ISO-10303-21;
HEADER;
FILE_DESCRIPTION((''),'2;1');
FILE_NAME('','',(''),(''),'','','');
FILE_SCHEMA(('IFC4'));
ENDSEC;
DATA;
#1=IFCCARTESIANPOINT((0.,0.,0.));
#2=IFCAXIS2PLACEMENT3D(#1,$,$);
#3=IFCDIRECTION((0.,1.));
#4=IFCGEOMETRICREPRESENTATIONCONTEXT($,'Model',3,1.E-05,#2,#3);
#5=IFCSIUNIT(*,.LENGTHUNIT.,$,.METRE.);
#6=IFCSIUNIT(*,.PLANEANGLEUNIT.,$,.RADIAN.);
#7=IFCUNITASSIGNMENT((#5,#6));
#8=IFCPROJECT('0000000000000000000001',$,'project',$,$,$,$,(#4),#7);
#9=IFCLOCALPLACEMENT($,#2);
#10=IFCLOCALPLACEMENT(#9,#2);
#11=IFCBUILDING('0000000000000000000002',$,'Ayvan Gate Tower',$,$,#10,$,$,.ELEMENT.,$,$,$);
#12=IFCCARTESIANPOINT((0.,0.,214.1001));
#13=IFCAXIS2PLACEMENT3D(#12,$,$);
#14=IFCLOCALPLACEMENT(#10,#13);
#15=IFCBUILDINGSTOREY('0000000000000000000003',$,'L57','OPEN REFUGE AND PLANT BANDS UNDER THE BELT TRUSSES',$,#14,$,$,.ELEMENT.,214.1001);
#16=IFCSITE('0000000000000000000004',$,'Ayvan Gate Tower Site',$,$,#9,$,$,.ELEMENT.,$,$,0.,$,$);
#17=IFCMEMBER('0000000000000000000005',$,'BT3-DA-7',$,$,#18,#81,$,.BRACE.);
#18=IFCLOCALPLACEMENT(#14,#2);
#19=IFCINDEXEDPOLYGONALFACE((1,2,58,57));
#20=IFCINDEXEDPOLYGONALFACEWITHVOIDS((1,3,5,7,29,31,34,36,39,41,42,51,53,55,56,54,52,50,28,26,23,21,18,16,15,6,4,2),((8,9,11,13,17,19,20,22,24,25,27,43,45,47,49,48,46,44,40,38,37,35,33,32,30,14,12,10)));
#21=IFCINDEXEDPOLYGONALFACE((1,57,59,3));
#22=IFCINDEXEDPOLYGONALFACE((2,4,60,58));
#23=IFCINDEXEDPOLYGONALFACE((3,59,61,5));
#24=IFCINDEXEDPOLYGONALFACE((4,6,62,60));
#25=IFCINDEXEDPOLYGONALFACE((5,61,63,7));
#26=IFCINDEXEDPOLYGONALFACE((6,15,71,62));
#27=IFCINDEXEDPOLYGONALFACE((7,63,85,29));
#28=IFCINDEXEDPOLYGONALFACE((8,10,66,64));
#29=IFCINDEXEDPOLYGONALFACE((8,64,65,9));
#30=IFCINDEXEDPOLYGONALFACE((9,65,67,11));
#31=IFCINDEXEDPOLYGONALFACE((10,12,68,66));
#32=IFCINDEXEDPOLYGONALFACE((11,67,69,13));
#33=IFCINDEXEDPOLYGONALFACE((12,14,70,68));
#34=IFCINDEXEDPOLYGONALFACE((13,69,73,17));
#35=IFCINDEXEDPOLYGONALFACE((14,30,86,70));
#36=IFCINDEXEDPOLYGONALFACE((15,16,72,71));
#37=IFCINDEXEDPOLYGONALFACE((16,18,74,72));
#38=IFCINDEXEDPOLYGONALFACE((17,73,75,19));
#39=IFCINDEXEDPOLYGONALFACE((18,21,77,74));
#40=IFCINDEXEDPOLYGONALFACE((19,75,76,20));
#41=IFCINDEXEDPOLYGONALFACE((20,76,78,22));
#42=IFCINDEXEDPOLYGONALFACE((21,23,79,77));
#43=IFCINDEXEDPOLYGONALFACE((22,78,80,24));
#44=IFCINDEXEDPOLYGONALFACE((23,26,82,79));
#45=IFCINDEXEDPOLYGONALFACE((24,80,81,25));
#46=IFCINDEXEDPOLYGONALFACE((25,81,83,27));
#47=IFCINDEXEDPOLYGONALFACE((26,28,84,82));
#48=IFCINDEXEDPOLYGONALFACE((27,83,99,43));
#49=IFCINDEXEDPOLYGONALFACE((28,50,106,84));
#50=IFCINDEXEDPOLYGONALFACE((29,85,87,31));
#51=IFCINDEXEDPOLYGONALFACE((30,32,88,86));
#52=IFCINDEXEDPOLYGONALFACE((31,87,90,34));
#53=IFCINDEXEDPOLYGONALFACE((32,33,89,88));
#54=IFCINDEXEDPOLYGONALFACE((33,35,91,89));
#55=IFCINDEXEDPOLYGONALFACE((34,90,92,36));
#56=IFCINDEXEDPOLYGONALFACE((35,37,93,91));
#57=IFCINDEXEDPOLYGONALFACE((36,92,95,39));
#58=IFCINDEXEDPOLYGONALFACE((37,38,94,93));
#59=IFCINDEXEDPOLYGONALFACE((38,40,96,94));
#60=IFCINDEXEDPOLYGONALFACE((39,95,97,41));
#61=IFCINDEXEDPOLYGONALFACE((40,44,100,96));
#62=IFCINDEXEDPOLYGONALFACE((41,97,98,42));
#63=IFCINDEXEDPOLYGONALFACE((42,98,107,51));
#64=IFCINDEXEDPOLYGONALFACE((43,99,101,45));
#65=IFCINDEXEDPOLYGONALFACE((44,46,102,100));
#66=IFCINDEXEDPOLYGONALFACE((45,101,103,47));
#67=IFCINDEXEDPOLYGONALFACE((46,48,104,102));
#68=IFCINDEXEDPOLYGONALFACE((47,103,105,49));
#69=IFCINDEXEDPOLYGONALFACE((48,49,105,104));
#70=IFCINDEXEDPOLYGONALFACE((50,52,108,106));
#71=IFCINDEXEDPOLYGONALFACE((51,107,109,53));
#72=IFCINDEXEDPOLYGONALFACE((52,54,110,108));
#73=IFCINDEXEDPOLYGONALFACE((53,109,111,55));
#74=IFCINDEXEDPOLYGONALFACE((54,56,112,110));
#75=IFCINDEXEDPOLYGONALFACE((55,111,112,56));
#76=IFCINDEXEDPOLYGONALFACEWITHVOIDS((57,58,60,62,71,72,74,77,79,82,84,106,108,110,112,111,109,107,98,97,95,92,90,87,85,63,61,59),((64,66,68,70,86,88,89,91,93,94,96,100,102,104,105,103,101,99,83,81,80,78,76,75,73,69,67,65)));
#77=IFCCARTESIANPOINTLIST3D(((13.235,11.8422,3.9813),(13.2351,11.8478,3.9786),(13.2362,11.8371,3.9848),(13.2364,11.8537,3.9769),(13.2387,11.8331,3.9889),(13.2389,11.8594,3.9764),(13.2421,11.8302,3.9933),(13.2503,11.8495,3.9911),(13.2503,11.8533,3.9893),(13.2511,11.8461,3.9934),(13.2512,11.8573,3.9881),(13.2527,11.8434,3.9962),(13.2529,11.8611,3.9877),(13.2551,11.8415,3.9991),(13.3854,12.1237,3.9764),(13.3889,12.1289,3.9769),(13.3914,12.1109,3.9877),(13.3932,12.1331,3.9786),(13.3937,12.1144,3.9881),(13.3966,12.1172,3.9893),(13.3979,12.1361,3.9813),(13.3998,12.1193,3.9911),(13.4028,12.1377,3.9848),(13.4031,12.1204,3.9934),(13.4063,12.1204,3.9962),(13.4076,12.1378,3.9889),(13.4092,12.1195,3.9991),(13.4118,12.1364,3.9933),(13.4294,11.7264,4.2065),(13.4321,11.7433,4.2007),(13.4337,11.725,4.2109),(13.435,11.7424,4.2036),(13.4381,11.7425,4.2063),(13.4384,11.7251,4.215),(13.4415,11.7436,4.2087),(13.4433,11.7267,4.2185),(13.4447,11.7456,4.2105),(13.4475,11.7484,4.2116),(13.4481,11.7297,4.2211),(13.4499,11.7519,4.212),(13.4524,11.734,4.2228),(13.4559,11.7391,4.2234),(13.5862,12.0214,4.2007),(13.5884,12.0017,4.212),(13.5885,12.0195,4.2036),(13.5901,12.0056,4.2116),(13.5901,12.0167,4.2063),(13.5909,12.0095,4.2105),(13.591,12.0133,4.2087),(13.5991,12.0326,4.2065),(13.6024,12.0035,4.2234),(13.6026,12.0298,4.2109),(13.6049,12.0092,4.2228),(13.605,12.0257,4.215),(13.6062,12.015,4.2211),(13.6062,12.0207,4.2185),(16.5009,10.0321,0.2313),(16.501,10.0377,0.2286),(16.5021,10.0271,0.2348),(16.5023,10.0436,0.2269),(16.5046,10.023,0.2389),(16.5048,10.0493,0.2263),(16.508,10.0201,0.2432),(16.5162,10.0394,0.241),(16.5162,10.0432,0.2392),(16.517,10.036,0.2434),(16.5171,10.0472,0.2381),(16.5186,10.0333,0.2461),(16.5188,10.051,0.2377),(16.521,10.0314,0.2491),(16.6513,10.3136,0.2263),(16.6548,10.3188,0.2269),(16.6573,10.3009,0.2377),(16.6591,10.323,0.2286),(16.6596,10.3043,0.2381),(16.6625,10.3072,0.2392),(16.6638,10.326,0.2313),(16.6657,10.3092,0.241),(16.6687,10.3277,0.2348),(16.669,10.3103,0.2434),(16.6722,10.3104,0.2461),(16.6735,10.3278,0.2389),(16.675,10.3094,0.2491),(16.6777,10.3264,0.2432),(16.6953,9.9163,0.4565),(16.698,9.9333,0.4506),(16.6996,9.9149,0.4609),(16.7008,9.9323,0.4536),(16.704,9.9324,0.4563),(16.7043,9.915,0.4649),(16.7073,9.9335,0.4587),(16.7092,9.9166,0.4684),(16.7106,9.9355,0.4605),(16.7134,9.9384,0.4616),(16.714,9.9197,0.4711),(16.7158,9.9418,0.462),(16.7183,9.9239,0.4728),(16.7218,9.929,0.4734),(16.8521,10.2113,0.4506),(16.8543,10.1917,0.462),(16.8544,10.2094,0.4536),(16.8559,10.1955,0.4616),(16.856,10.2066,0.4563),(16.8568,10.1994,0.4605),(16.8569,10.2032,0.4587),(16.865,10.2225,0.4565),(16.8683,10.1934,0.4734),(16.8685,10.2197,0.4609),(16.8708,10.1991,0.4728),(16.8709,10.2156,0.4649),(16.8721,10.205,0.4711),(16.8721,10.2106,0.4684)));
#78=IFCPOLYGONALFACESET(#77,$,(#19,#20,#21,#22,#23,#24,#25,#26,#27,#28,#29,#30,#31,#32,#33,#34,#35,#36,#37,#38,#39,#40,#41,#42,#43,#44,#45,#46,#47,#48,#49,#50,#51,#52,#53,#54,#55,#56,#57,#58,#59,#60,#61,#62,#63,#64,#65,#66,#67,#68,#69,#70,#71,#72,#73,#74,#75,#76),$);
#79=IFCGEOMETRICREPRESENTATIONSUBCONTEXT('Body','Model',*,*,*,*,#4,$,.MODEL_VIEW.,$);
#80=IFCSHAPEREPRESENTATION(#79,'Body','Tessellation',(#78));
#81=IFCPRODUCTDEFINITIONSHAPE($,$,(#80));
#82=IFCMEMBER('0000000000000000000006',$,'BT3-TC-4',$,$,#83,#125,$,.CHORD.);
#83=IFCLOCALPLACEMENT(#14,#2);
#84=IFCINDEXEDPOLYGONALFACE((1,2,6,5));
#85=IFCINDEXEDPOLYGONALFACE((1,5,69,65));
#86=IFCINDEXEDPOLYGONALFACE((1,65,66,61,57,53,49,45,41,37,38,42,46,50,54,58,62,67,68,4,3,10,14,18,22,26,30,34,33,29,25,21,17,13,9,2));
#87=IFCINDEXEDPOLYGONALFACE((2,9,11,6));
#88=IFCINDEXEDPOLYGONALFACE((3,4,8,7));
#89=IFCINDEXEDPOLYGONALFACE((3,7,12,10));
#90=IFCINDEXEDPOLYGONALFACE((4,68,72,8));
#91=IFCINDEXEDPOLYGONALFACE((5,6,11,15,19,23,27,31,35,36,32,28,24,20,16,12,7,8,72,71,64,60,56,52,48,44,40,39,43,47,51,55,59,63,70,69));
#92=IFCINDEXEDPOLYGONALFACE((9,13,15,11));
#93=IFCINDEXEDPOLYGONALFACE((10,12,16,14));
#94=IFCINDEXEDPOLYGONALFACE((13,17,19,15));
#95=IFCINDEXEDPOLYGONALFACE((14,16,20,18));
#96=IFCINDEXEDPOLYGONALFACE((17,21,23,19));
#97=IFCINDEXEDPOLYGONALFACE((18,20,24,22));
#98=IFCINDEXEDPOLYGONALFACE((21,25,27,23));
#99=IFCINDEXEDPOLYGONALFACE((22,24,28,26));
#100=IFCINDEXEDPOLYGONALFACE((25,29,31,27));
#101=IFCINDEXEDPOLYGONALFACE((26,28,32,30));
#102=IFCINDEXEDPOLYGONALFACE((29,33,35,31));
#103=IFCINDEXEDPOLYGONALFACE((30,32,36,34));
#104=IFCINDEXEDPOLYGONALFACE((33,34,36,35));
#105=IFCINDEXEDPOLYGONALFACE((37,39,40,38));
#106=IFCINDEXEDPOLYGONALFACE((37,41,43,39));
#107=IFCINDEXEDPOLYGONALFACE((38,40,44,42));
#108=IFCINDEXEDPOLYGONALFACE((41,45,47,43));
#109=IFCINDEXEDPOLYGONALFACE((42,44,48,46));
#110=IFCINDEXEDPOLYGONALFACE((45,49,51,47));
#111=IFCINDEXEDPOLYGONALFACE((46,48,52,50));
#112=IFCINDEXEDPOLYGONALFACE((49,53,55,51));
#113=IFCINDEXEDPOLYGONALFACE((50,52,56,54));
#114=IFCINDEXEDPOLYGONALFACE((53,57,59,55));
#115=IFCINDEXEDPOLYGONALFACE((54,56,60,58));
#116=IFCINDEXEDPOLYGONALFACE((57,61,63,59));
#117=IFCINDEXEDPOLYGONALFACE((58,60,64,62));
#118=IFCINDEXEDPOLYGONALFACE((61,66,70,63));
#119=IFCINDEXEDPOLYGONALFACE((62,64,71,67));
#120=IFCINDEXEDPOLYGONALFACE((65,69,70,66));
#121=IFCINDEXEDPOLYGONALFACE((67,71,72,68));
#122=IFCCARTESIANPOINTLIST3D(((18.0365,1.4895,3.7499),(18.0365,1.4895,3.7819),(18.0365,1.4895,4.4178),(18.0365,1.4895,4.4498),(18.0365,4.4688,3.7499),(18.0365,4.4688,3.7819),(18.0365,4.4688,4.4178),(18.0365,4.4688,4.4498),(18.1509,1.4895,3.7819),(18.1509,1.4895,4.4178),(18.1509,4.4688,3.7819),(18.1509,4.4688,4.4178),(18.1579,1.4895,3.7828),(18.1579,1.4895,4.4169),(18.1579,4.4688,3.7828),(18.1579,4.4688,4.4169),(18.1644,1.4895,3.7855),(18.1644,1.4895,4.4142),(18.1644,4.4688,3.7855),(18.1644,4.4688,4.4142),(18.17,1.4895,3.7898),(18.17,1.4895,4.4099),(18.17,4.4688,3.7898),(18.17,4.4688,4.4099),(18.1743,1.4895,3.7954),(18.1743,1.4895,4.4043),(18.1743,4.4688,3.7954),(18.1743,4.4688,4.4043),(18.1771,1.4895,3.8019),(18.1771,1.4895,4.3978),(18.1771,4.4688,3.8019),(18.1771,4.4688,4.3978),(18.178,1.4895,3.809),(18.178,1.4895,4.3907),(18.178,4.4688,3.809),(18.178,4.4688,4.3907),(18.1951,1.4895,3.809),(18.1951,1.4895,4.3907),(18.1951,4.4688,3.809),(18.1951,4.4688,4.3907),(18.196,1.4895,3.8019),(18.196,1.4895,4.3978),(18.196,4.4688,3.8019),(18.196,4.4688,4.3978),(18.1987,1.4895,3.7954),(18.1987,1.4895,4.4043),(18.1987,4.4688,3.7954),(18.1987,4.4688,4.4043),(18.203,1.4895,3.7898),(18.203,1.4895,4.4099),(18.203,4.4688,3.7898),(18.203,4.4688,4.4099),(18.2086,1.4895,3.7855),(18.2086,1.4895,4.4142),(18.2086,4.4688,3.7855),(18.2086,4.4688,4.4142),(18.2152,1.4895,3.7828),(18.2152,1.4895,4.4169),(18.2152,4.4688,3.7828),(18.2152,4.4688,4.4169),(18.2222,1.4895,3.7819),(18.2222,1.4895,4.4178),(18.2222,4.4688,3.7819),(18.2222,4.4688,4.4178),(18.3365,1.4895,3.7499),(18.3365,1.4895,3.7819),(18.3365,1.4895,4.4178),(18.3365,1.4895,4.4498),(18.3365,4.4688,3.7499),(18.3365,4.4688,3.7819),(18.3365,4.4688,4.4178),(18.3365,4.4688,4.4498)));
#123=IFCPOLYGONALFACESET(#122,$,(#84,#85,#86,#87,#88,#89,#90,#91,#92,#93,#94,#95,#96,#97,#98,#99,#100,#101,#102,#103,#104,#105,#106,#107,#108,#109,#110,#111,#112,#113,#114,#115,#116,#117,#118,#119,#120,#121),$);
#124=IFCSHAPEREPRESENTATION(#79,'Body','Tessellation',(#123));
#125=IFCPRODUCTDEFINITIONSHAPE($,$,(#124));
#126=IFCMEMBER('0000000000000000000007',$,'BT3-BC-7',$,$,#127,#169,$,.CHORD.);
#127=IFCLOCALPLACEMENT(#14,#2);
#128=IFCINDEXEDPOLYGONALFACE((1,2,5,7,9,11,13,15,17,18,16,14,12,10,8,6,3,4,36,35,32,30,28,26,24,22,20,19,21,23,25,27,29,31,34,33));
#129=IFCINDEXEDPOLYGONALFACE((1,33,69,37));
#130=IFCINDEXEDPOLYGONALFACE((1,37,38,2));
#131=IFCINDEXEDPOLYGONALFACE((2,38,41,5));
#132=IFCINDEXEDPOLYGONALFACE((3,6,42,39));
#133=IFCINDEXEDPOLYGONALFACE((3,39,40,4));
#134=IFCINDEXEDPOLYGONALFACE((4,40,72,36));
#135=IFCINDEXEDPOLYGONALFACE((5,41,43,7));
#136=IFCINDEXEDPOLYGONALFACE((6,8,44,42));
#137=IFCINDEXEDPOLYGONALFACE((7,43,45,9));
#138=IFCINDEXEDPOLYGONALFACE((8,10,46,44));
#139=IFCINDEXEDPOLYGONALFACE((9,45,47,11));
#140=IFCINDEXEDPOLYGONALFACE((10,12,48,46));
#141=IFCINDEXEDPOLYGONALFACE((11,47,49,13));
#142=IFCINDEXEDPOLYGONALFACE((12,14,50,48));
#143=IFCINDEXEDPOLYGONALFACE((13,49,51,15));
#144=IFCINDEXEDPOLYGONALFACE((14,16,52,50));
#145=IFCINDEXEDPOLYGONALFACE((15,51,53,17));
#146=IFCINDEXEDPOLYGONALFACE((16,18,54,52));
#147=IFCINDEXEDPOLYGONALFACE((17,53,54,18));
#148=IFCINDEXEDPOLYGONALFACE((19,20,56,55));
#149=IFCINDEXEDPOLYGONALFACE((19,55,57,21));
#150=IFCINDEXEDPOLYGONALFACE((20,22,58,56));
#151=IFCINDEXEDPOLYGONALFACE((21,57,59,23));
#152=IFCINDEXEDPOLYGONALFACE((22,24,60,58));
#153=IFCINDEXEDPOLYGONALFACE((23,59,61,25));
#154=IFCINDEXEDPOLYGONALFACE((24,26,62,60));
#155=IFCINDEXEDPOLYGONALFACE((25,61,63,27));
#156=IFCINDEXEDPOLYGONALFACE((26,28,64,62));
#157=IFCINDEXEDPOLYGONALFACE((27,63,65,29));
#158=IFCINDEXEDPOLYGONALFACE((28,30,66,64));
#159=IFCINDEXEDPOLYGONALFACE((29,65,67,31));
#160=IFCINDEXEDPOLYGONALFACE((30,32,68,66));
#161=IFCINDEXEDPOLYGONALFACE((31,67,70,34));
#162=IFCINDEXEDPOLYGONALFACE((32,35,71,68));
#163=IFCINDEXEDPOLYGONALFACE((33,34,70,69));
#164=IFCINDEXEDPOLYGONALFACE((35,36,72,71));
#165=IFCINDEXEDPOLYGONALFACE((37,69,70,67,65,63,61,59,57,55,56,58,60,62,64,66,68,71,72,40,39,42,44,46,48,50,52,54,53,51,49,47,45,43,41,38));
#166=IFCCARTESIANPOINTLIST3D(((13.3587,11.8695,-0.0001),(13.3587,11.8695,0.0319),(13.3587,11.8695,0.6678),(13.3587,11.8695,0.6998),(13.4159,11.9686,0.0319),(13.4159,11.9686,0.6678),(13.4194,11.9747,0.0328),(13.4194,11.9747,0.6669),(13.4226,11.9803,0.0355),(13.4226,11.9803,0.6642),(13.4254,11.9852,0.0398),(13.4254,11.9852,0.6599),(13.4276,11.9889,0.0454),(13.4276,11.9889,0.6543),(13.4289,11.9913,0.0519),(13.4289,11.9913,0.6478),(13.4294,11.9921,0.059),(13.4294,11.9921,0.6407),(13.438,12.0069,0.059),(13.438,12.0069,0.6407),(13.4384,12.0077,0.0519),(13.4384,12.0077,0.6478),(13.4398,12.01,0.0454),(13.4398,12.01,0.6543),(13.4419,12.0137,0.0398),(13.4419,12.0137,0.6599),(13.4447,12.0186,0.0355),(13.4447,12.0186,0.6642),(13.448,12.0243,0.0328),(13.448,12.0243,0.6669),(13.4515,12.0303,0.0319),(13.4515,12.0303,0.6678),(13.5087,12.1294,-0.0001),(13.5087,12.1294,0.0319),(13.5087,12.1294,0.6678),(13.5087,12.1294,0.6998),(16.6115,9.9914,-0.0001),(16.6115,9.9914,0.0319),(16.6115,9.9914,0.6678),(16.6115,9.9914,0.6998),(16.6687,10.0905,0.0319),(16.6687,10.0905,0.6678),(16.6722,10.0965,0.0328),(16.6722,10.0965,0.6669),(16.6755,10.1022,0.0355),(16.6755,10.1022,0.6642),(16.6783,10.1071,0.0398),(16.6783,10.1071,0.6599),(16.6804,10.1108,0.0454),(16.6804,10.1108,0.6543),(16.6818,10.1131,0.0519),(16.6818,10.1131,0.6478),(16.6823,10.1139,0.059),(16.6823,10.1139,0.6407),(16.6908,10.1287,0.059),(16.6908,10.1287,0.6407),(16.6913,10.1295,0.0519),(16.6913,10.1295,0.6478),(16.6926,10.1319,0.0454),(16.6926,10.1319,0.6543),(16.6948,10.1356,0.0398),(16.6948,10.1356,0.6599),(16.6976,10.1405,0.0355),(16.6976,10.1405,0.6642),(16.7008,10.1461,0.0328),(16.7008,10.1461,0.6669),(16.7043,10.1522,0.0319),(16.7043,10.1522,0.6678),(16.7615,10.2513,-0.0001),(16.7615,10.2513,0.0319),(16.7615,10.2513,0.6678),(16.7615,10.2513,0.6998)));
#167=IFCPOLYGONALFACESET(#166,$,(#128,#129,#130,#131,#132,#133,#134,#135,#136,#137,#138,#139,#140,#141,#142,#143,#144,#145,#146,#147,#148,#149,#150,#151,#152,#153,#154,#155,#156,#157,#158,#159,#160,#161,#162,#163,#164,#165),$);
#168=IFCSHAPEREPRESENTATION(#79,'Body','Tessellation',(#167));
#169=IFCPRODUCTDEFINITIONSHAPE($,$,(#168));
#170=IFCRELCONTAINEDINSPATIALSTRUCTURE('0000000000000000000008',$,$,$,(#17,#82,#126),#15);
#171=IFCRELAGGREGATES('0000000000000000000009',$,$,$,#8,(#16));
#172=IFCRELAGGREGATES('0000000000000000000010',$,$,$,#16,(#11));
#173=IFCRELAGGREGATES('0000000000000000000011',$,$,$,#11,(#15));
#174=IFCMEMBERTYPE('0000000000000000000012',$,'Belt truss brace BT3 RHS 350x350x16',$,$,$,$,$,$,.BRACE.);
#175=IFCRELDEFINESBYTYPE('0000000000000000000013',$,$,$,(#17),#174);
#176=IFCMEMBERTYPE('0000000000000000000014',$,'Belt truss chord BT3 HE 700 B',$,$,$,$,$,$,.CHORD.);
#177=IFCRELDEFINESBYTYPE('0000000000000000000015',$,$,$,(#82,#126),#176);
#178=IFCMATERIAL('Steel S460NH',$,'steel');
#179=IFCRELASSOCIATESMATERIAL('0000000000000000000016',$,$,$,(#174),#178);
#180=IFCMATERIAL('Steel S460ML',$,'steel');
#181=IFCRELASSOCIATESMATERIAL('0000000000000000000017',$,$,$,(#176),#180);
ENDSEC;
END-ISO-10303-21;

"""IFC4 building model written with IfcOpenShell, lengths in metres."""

from ifc_helpers import new_model, si_unit, direction, frame, origin, origin_2d, place, context, subcontext, project, spatial, hollow_rectangle, i_section, extrude, material, material_profile, profile_set, type_object, element, save


model = new_model("IFC4")

# Units and contexts
model_context = context("Model", 3, precision=1e-05, world=origin(), true_north=direction((0.0, 1.0)))
body_context = subcontext(model_context, "Body", "Model", "MODEL_VIEW")
ifc_project = project(units=[si_unit("LENGTHUNIT", "METRE"), si_unit("PLANEANGLEUNIT", "RADIAN")], contexts=[model_context])

# Site, building, storey
site_placement = place(None, origin())
site = spatial("IfcSite", under=ifc_project, at=site_placement, Name="Ayvan Gate Tower Site", CompositionType="ELEMENT", RefElevation=0.0)
building_placement = place(site_placement, origin())
building = spatial("IfcBuilding", under=site, at=building_placement, Name="Ayvan Gate Tower", CompositionType="ELEMENT")
storey_placement = place(building_placement, frame((0.0, 0.0, 214.1001)))
storey = spatial("IfcBuildingStorey", under=building, at=storey_placement, Name="L57", Description="OPEN REFUGE AND PLANT BANDS UNDER THE BELT TRUSSES", CompositionType="ELEMENT", Elevation=214.1001)

# Members
ifc_material_1 = material(Name="Steel S460NH", Category="steel")
ifc_material_profile_1 = material_profile(ifc_material_1, hollow_rectangle(XDim=0.3501, YDim=0.3501, WallThickness=0.0161, InnerFilletRadius=0.0161, OuterFilletRadius=0.0239, at=origin_2d()), Name="RHS 350x350x16")
ifc_profile_set_1 = profile_set([ifc_material_profile_1], Name="Steel S460NH")
member_type_1 = type_object("IfcMemberType", Name="Belt truss brace BT3 RHS 350x350x16", PredefinedType="BRACE", material=ifc_profile_set_1)
member_1_placement = place(storey_placement, frame((16.6865, 10.1213, 0.3499), z_axis=(-0.617139, 0.34204, 0.708624), x_axis=(-0.48476, -0.874647, 0.0)))
element("IfcMember", 1, at=member_1_placement, inside=storey, type_object=member_type_1, Name="BT3-DA-7", PredefinedType="BRACE", context=body_context, shape_type="SweptSolid", body=[
    extrude(hollow_rectangle(XDim=0.3501, YDim=0.3501, WallThickness=0.0161, InnerFilletRadius=0.0161, OuterFilletRadius=0.0239, at=origin_2d()), origin(), (0.0, 0.0, 1.0), 5.292),
])
ifc_material_2 = material(Name="Steel S460ML", Category="steel")
ifc_material_profile_2 = material_profile(ifc_material_2, i_section(OverallWidth=0.3, OverallDepth=0.7, WebThickness=0.0171, FlangeThickness=0.032, FilletRadius=0.0271, at=origin_2d()), Name="HE 700 B")
ifc_profile_set_2 = profile_set([ifc_material_profile_2], Name="Steel S460ML")
member_type_2 = type_object("IfcMemberType", Name="Belt truss chord BT3 HE 700 B", PredefinedType="CHORD", material=ifc_profile_set_2)
member_2_placement = place(storey_placement, frame((18.1865, 1.4895, 4.0999), z_axis=(0.0, 1.0, 0.0), x_axis=(-1.0, 0.0, 0.0)))
element("IfcMember", 2, at=member_2_placement, inside=storey, type_object=member_type_2, Name="BT3-TC-4", PredefinedType="CHORD", context=body_context, shape_type="SweptSolid", body=[
    extrude(i_section(OverallWidth=0.3, OverallDepth=0.7, WebThickness=0.0171, FlangeThickness=0.032, FilletRadius=0.0271, at=origin_2d()), origin(), (0.0, 0.0, 1.0), 2.9792),
])
member_3_placement = place(storey_placement, frame((16.6865, 10.1213, 0.3499), z_axis=(-0.866015, 0.500019, 0.0), x_axis=(-0.500019, -0.866015, 0.0)))
element("IfcMember", 3, at=member_3_placement, inside=storey, type_object=member_type_2, Name="BT3-BC-7", PredefinedType="CHORD", context=body_context, shape_type="SweptSolid", body=[
    extrude(i_section(OverallWidth=0.3, OverallDepth=0.7, WebThickness=0.0171, FlangeThickness=0.032, FilletRadius=0.0271, at=origin_2d()), origin(), (0.0, 0.0, 1.0), 3.7561),
])

save(model, "model.ifc")
